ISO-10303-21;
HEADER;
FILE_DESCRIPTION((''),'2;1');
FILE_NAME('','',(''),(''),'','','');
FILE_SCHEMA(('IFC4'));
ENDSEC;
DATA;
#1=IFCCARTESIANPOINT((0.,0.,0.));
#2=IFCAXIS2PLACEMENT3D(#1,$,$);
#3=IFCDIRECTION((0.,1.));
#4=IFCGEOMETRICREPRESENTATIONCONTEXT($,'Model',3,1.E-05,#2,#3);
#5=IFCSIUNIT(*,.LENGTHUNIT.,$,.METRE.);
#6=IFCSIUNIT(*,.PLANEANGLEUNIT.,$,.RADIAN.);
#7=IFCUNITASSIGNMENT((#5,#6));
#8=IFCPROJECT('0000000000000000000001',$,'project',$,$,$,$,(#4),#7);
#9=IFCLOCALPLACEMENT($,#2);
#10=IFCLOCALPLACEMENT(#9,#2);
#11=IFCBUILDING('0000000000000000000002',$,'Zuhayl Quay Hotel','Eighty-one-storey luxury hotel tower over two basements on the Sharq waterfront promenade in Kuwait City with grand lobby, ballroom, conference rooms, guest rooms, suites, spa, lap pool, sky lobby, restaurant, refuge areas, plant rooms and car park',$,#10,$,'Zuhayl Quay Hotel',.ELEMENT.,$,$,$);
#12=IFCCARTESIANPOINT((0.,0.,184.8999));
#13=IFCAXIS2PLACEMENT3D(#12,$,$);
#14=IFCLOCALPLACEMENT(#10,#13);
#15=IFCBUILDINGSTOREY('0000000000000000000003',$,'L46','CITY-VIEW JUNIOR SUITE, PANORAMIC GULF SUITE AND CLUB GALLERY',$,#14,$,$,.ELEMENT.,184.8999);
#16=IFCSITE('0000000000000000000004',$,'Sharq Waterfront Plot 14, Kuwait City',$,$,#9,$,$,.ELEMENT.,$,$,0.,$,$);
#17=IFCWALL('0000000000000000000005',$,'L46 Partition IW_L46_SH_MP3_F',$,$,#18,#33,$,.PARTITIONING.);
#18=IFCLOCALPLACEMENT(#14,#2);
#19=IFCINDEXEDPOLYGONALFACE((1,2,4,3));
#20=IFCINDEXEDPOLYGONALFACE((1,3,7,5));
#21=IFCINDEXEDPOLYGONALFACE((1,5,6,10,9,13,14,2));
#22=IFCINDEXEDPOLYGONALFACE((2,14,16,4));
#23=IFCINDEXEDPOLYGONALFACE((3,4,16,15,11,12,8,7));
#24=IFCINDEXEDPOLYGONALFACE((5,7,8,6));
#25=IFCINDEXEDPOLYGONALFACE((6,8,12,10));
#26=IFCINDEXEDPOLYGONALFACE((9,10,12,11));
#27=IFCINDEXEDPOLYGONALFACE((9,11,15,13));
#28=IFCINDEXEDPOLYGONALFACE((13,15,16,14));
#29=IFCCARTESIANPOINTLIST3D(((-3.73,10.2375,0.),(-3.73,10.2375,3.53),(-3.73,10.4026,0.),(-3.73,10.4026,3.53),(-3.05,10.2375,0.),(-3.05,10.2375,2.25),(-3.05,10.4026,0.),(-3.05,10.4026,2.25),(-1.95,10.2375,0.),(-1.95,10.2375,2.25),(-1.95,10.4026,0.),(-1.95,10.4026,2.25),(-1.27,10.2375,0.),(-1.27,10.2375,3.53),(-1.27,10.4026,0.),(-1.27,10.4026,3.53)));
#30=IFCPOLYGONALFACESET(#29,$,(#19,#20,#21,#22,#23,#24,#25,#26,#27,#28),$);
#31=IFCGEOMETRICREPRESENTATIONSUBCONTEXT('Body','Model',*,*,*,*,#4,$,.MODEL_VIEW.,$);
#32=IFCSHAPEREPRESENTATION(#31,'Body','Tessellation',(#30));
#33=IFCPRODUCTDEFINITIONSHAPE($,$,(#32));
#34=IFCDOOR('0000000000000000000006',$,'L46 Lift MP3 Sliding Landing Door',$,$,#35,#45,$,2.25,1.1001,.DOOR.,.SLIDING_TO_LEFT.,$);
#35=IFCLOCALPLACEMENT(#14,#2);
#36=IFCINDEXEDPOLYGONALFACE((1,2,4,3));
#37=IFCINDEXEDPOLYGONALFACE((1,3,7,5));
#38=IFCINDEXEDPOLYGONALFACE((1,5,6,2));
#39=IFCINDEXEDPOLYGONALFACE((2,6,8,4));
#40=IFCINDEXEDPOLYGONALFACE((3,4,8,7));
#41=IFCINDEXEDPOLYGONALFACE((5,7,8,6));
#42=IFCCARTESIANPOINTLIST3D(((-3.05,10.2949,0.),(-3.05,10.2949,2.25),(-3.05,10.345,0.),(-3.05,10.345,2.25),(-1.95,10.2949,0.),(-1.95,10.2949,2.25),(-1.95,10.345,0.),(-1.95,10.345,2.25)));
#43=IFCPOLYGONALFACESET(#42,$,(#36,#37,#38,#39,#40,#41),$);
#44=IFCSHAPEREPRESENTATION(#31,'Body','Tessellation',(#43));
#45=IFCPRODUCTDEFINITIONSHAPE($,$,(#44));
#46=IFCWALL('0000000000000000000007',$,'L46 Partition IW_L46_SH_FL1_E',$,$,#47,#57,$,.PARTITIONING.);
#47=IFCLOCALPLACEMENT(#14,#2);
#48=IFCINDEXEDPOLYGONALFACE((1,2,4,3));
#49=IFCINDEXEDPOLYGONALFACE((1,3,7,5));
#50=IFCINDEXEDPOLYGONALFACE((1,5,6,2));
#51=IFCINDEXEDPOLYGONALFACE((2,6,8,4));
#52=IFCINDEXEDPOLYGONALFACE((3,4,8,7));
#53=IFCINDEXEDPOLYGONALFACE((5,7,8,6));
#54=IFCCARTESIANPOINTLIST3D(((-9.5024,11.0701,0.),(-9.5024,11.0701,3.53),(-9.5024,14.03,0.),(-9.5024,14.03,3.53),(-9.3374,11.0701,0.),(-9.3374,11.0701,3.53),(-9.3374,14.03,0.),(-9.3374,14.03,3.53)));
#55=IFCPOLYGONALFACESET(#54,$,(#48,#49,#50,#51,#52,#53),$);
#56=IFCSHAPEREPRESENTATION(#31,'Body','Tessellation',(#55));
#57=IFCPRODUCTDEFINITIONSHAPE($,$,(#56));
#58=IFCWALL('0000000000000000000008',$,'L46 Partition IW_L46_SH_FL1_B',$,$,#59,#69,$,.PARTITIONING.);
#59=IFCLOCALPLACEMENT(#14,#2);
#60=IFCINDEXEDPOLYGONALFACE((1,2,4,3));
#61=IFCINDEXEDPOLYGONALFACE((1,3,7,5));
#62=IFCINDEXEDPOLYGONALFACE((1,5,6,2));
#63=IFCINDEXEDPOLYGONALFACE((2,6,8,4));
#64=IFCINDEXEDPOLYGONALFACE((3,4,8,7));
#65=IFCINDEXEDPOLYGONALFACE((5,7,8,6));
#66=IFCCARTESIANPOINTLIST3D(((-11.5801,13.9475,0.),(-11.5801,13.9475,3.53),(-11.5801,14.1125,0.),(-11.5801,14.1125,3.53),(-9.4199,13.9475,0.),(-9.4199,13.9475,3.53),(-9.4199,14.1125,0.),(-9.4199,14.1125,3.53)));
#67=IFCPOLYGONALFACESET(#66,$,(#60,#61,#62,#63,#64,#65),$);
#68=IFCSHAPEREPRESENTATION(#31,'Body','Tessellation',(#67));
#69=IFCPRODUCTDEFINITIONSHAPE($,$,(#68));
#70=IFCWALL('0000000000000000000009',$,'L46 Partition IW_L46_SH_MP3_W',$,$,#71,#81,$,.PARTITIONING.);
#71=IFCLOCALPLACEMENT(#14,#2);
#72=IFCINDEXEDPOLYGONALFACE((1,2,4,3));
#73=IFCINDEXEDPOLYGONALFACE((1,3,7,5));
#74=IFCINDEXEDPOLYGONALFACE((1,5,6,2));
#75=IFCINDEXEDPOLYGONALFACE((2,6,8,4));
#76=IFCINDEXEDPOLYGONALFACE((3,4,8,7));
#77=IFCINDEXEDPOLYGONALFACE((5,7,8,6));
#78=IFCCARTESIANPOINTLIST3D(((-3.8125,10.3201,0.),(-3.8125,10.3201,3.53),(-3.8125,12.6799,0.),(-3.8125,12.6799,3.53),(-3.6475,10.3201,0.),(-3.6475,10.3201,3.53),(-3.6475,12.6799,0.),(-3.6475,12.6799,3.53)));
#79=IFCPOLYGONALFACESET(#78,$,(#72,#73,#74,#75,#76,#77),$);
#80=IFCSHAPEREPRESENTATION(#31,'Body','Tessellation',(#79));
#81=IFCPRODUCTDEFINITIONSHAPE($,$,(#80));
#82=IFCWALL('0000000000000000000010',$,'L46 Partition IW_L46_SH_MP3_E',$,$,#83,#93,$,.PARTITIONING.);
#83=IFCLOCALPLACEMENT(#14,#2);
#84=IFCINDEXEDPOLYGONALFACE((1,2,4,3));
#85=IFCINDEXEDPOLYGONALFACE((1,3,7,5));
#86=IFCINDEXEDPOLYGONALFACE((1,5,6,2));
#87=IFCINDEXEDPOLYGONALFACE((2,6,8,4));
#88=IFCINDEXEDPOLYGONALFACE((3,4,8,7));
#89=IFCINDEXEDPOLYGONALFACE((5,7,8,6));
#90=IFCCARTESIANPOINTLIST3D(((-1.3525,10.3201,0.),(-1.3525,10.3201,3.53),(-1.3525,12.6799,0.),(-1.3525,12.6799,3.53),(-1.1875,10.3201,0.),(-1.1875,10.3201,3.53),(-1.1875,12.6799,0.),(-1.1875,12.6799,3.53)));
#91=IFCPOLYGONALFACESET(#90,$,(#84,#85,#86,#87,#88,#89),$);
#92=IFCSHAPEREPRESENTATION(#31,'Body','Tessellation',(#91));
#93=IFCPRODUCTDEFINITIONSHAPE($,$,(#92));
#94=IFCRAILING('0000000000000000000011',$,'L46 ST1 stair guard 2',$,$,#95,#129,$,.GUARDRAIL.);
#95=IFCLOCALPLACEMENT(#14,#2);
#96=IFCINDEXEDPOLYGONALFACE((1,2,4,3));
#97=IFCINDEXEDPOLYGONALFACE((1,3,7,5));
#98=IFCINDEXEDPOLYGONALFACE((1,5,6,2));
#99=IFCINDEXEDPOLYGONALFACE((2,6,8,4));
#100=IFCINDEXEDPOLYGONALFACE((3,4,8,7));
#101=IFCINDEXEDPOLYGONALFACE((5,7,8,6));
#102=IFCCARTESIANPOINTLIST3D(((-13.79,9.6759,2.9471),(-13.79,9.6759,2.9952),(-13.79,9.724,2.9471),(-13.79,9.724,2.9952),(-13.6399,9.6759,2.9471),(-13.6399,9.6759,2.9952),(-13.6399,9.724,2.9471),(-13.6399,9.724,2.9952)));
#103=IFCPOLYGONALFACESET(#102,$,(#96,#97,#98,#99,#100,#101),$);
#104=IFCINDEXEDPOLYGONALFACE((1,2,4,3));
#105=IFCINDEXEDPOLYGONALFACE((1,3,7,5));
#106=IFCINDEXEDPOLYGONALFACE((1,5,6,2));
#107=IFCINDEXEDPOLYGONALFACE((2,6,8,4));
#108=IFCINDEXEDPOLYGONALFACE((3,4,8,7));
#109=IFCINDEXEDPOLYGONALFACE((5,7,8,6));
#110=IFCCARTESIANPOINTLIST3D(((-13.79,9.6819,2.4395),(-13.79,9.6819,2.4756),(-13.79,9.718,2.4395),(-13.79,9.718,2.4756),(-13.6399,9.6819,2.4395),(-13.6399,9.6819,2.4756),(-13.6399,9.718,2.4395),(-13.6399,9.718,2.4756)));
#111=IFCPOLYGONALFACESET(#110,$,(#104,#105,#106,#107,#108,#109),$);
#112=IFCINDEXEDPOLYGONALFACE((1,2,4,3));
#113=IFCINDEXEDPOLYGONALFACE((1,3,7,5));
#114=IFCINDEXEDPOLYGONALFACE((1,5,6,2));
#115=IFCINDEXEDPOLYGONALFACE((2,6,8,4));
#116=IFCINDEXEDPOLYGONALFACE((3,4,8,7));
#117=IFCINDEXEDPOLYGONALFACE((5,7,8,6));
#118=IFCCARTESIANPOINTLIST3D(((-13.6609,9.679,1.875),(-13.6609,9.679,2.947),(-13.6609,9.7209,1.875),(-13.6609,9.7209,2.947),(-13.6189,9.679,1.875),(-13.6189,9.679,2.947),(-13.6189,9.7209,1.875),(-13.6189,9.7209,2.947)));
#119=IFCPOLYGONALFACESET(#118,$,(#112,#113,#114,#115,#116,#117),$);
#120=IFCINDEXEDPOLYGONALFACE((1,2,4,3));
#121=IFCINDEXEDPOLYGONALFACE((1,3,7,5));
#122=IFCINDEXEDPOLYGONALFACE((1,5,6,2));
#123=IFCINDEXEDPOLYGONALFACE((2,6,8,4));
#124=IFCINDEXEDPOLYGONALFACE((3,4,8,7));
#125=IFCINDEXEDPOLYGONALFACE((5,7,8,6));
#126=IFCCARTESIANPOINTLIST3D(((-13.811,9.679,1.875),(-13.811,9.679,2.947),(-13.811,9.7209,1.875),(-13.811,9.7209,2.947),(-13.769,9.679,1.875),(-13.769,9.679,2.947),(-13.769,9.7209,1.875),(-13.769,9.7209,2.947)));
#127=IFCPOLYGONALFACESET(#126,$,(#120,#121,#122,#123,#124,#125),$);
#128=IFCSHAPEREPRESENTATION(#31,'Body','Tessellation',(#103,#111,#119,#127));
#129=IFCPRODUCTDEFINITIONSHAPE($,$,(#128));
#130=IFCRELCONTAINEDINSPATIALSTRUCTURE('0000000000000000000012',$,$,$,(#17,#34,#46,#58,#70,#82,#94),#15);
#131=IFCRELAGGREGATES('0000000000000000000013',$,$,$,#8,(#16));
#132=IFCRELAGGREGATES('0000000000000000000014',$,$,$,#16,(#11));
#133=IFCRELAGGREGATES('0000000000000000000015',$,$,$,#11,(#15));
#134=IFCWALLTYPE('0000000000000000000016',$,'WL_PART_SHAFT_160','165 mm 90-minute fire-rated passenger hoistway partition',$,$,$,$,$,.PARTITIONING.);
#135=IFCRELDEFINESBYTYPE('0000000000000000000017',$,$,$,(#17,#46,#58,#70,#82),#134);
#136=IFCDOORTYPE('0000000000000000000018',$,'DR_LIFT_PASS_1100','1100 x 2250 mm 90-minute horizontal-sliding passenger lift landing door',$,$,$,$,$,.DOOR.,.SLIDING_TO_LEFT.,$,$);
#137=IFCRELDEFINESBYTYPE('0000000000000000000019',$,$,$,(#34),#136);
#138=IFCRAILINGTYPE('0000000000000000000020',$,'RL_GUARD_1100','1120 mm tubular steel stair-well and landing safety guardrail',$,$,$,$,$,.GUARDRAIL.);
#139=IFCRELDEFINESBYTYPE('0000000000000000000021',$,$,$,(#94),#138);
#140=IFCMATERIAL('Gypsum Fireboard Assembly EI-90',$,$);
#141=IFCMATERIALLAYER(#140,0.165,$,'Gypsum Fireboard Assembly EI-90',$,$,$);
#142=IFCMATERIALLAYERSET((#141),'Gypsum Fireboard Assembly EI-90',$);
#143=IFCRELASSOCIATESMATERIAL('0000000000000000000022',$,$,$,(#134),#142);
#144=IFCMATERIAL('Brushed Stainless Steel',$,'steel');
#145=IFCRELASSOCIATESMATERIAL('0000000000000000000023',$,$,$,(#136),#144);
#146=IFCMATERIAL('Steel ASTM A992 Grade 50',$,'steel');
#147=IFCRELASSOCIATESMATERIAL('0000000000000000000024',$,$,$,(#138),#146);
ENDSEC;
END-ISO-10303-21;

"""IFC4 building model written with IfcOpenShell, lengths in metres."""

from ifc_helpers import new_model, si_unit, direction, frame, frame_2d, origin, origin_2d, place, context, subcontext, project, spatial, rectangle, extrude, material, layer, layer_set, type_object, element, fill, save


model = new_model("IFC4")

# Units and contexts
model_context = context("Model", 3, precision=1e-05, world=origin(), true_north=direction((0.0, 1.0)))
body_context = subcontext(model_context, "Body", "Model", "MODEL_VIEW")
ifc_project = project(units=[si_unit("LENGTHUNIT", "METRE"), si_unit("PLANEANGLEUNIT", "RADIAN")], contexts=[model_context])

# Site, building, storey
site_placement = place(None, origin())
site = spatial("IfcSite", under=ifc_project, at=site_placement, Name="Sharq Waterfront Plot 14, Kuwait City", CompositionType="ELEMENT", RefElevation=0.0)
building_placement = place(site_placement, origin())
building = spatial("IfcBuilding", under=site, at=building_placement, Name="Zuhayl Quay Hotel", Description="Eighty-one-storey luxury hotel tower over two basements on the Sharq waterfront promenade in Kuwait City with grand lobby, ballroom, conference rooms, guest rooms, suites, spa, lap pool, sky lobby, restaurant, refuge areas, plant rooms and car park", LongName="Zuhayl Quay Hotel", CompositionType="ELEMENT")
storey_placement = place(building_placement, frame((0.0, 0.0, 184.8999)))
storey = spatial("IfcBuildingStorey", under=building, at=storey_placement, Name="L46", Description="CITY-VIEW JUNIOR SUITE, PANORAMIC GULF SUITE AND CLUB GALLERY", CompositionType="ELEMENT", Elevation=184.8999)

# Shared definitions
ifc_material_1 = material(Name="Steel ASTM A992 Grade 50", Category="steel")

# Wall, opening, door
ifc_material_2 = material(Name="Gypsum Fireboard Assembly EI-90")
ifc_layer_1 = layer(ifc_material_2, 0.165, Name="Gypsum Fireboard Assembly EI-90")
ifc_layer_set_1 = layer_set([ifc_layer_1], Name="Gypsum Fireboard Assembly EI-90")
wall_type_1 = type_object("IfcWallType", Name="WL_PART_SHAFT_160", Description="165 mm 90-minute fire-rated passenger hoistway partition", PredefinedType="PARTITIONING", material=ifc_layer_set_1)
ifc_material_3 = material(Name="Brushed Stainless Steel", Category="steel")
wall_1_placement = place(storey_placement, frame((-3.73, 10.3201, 0.0), z_axis=(0.0, 0.0, 1.0), x_axis=(1.0, 0.0, 0.0)))
wall_1 = element("IfcWall", 1, at=wall_1_placement, inside=storey, type_object=wall_type_1, Name="L46 Partition IW_L46_SH_MP3_F", PredefinedType="PARTITIONING", context=body_context, shape_type="SweptSolid", body=[
    extrude(rectangle(XDim=2.46, YDim=0.165, at=frame_2d((1.23, 0.0))), origin(), (0.0, 0.0, 1.0), 3.53),
])
opening_1_placement = place(wall_1_placement, frame((0.6799, 0.0, 0.0)))
opening_1 = element("IfcOpeningElement", 2, at=opening_1_placement, cuts=wall_1, PredefinedType="OPENING", context=body_context, shape_type="SweptSolid", body=[
    extrude(rectangle(XDim=1.1001, YDim=2.25, at=frame_2d((0.55, 1.125))), frame((0.0, 0.0925, 0.0), z_axis=(0.0, -1.0, 0.0), x_axis=(1.0, 0.0, 0.0)), (0.0, 0.0, 1.0), 0.1851),
])
door_type_1 = type_object("IfcDoorType", Name="DR_LIFT_PASS_1100", Description="1100 x 2250 mm 90-minute horizontal-sliding passenger lift landing door", OperationType="SLIDING_TO_LEFT", PredefinedType="DOOR", material=ifc_material_3)
door_1_placement = place(opening_1_placement, origin())
door_1 = element("IfcDoor", 3, at=door_1_placement, inside=storey, type_object=door_type_1, Name="L46 Lift MP3 Sliding Landing Door", OperationType="SLIDING_TO_LEFT", OverallHeight=2.25, OverallWidth=1.1001, PredefinedType="DOOR", context=body_context, shape_type="SweptSolid", body=[
    extrude(rectangle(XDim=1.1001, YDim=2.25, at=frame_2d((0.55, 1.125))), frame((0.0, 0.0249, 0.0), z_axis=(0.0, -1.0, 0.0), x_axis=(1.0, 0.0, 0.0)), (0.0, 0.0, 1.0), 0.05),
])
fill(opening_1, door_1)

# Walls
wall_2_placement = place(storey_placement, frame((-9.4199, 11.0701, 0.0), z_axis=(0.0, 0.0, 1.0), x_axis=(0.0, 1.0, 0.0)))
element("IfcWall", 4, at=wall_2_placement, inside=storey, type_object=wall_type_1, Name="L46 Partition IW_L46_SH_FL1_E", PredefinedType="PARTITIONING", context=body_context, shape_type="SweptSolid", body=[
    extrude(rectangle(XDim=2.96, YDim=0.165, at=frame_2d((1.48, 0.0))), origin(), (0.0, 0.0, 1.0), 3.53),
])
wall_3_placement = place(storey_placement, frame((-11.5801, 14.03, 0.0), z_axis=(0.0, 0.0, 1.0), x_axis=(1.0, 0.0, 0.0)))
element("IfcWall", 5, at=wall_3_placement, inside=storey, type_object=wall_type_1, Name="L46 Partition IW_L46_SH_FL1_B", PredefinedType="PARTITIONING", context=body_context, shape_type="SweptSolid", body=[
    extrude(rectangle(XDim=2.1602, YDim=0.165, at=frame_2d((1.0801, 0.0))), origin(), (0.0, 0.0, 1.0), 3.53),
])
for number, where, z_axis, x_axis, name in (
    (6, (-3.73, 10.3201, 0.0), (0.0, 0.0, 1.0), (0.0, 1.0, 0.0), "L46 Partition IW_L46_SH_MP3_W"),
    (7, (-1.27, 10.3201, 0.0), (0.0, 0.0, 1.0), (0.0, 1.0, 0.0), "L46 Partition IW_L46_SH_MP3_E"),
):
    element("IfcWall", number, at=place(storey_placement, frame(where, z_axis=z_axis, x_axis=x_axis)), inside=storey, type_object=wall_type_1, Name=name, PredefinedType="PARTITIONING", context=body_context, shape_type="SweptSolid", body=[
        extrude(rectangle(XDim=2.3599, YDim=0.165, at=frame_2d((1.1799, 0.0))), origin(), (0.0, 0.0, 1.0), 3.53),
    ])

# Railing
railing_type = type_object("IfcRailingType", Name="RL_GUARD_1100", Description="1120 mm tubular steel stair-well and landing safety guardrail", PredefinedType="GUARDRAIL", material=ifc_material_1)
railing_placement = place(storey_placement, frame((-13.6399, 9.7, 1.875)))
element("IfcRailing", 8, at=railing_placement, inside=storey, type_object=railing_type, Name="L46 ST1 stair guard 2", PredefinedType="GUARDRAIL", context=body_context, shape_type="SweptSolid", body=[
    extrude(rectangle(XDim=0.0481, YDim=0.0481, at=origin_2d()), frame((0.0, 0.0, 1.0962), z_axis=(-1.0, 0.0, 0.0), x_axis=(0.0, -1.0, 0.0)), (0.0, 0.0, 1.0), 0.1501),
    extrude(rectangle(XDim=0.0361, YDim=0.0361, at=origin_2d()), frame((0.0, 0.0, 0.5825), z_axis=(-1.0, 0.0, 0.0), x_axis=(0.0, -1.0, 0.0)), (0.0, 0.0, 1.0), 0.1501),
    extrude(rectangle(XDim=0.042, YDim=0.042, at=origin_2d()), origin(), (0.0, 0.0, 1.0), 1.072),
    extrude(rectangle(XDim=0.042, YDim=0.042, at=origin_2d()), frame((-0.1501, 0.0, 0.0)), (0.0, 0.0, 1.0), 1.072),
])

save(model, "model.ifc")
